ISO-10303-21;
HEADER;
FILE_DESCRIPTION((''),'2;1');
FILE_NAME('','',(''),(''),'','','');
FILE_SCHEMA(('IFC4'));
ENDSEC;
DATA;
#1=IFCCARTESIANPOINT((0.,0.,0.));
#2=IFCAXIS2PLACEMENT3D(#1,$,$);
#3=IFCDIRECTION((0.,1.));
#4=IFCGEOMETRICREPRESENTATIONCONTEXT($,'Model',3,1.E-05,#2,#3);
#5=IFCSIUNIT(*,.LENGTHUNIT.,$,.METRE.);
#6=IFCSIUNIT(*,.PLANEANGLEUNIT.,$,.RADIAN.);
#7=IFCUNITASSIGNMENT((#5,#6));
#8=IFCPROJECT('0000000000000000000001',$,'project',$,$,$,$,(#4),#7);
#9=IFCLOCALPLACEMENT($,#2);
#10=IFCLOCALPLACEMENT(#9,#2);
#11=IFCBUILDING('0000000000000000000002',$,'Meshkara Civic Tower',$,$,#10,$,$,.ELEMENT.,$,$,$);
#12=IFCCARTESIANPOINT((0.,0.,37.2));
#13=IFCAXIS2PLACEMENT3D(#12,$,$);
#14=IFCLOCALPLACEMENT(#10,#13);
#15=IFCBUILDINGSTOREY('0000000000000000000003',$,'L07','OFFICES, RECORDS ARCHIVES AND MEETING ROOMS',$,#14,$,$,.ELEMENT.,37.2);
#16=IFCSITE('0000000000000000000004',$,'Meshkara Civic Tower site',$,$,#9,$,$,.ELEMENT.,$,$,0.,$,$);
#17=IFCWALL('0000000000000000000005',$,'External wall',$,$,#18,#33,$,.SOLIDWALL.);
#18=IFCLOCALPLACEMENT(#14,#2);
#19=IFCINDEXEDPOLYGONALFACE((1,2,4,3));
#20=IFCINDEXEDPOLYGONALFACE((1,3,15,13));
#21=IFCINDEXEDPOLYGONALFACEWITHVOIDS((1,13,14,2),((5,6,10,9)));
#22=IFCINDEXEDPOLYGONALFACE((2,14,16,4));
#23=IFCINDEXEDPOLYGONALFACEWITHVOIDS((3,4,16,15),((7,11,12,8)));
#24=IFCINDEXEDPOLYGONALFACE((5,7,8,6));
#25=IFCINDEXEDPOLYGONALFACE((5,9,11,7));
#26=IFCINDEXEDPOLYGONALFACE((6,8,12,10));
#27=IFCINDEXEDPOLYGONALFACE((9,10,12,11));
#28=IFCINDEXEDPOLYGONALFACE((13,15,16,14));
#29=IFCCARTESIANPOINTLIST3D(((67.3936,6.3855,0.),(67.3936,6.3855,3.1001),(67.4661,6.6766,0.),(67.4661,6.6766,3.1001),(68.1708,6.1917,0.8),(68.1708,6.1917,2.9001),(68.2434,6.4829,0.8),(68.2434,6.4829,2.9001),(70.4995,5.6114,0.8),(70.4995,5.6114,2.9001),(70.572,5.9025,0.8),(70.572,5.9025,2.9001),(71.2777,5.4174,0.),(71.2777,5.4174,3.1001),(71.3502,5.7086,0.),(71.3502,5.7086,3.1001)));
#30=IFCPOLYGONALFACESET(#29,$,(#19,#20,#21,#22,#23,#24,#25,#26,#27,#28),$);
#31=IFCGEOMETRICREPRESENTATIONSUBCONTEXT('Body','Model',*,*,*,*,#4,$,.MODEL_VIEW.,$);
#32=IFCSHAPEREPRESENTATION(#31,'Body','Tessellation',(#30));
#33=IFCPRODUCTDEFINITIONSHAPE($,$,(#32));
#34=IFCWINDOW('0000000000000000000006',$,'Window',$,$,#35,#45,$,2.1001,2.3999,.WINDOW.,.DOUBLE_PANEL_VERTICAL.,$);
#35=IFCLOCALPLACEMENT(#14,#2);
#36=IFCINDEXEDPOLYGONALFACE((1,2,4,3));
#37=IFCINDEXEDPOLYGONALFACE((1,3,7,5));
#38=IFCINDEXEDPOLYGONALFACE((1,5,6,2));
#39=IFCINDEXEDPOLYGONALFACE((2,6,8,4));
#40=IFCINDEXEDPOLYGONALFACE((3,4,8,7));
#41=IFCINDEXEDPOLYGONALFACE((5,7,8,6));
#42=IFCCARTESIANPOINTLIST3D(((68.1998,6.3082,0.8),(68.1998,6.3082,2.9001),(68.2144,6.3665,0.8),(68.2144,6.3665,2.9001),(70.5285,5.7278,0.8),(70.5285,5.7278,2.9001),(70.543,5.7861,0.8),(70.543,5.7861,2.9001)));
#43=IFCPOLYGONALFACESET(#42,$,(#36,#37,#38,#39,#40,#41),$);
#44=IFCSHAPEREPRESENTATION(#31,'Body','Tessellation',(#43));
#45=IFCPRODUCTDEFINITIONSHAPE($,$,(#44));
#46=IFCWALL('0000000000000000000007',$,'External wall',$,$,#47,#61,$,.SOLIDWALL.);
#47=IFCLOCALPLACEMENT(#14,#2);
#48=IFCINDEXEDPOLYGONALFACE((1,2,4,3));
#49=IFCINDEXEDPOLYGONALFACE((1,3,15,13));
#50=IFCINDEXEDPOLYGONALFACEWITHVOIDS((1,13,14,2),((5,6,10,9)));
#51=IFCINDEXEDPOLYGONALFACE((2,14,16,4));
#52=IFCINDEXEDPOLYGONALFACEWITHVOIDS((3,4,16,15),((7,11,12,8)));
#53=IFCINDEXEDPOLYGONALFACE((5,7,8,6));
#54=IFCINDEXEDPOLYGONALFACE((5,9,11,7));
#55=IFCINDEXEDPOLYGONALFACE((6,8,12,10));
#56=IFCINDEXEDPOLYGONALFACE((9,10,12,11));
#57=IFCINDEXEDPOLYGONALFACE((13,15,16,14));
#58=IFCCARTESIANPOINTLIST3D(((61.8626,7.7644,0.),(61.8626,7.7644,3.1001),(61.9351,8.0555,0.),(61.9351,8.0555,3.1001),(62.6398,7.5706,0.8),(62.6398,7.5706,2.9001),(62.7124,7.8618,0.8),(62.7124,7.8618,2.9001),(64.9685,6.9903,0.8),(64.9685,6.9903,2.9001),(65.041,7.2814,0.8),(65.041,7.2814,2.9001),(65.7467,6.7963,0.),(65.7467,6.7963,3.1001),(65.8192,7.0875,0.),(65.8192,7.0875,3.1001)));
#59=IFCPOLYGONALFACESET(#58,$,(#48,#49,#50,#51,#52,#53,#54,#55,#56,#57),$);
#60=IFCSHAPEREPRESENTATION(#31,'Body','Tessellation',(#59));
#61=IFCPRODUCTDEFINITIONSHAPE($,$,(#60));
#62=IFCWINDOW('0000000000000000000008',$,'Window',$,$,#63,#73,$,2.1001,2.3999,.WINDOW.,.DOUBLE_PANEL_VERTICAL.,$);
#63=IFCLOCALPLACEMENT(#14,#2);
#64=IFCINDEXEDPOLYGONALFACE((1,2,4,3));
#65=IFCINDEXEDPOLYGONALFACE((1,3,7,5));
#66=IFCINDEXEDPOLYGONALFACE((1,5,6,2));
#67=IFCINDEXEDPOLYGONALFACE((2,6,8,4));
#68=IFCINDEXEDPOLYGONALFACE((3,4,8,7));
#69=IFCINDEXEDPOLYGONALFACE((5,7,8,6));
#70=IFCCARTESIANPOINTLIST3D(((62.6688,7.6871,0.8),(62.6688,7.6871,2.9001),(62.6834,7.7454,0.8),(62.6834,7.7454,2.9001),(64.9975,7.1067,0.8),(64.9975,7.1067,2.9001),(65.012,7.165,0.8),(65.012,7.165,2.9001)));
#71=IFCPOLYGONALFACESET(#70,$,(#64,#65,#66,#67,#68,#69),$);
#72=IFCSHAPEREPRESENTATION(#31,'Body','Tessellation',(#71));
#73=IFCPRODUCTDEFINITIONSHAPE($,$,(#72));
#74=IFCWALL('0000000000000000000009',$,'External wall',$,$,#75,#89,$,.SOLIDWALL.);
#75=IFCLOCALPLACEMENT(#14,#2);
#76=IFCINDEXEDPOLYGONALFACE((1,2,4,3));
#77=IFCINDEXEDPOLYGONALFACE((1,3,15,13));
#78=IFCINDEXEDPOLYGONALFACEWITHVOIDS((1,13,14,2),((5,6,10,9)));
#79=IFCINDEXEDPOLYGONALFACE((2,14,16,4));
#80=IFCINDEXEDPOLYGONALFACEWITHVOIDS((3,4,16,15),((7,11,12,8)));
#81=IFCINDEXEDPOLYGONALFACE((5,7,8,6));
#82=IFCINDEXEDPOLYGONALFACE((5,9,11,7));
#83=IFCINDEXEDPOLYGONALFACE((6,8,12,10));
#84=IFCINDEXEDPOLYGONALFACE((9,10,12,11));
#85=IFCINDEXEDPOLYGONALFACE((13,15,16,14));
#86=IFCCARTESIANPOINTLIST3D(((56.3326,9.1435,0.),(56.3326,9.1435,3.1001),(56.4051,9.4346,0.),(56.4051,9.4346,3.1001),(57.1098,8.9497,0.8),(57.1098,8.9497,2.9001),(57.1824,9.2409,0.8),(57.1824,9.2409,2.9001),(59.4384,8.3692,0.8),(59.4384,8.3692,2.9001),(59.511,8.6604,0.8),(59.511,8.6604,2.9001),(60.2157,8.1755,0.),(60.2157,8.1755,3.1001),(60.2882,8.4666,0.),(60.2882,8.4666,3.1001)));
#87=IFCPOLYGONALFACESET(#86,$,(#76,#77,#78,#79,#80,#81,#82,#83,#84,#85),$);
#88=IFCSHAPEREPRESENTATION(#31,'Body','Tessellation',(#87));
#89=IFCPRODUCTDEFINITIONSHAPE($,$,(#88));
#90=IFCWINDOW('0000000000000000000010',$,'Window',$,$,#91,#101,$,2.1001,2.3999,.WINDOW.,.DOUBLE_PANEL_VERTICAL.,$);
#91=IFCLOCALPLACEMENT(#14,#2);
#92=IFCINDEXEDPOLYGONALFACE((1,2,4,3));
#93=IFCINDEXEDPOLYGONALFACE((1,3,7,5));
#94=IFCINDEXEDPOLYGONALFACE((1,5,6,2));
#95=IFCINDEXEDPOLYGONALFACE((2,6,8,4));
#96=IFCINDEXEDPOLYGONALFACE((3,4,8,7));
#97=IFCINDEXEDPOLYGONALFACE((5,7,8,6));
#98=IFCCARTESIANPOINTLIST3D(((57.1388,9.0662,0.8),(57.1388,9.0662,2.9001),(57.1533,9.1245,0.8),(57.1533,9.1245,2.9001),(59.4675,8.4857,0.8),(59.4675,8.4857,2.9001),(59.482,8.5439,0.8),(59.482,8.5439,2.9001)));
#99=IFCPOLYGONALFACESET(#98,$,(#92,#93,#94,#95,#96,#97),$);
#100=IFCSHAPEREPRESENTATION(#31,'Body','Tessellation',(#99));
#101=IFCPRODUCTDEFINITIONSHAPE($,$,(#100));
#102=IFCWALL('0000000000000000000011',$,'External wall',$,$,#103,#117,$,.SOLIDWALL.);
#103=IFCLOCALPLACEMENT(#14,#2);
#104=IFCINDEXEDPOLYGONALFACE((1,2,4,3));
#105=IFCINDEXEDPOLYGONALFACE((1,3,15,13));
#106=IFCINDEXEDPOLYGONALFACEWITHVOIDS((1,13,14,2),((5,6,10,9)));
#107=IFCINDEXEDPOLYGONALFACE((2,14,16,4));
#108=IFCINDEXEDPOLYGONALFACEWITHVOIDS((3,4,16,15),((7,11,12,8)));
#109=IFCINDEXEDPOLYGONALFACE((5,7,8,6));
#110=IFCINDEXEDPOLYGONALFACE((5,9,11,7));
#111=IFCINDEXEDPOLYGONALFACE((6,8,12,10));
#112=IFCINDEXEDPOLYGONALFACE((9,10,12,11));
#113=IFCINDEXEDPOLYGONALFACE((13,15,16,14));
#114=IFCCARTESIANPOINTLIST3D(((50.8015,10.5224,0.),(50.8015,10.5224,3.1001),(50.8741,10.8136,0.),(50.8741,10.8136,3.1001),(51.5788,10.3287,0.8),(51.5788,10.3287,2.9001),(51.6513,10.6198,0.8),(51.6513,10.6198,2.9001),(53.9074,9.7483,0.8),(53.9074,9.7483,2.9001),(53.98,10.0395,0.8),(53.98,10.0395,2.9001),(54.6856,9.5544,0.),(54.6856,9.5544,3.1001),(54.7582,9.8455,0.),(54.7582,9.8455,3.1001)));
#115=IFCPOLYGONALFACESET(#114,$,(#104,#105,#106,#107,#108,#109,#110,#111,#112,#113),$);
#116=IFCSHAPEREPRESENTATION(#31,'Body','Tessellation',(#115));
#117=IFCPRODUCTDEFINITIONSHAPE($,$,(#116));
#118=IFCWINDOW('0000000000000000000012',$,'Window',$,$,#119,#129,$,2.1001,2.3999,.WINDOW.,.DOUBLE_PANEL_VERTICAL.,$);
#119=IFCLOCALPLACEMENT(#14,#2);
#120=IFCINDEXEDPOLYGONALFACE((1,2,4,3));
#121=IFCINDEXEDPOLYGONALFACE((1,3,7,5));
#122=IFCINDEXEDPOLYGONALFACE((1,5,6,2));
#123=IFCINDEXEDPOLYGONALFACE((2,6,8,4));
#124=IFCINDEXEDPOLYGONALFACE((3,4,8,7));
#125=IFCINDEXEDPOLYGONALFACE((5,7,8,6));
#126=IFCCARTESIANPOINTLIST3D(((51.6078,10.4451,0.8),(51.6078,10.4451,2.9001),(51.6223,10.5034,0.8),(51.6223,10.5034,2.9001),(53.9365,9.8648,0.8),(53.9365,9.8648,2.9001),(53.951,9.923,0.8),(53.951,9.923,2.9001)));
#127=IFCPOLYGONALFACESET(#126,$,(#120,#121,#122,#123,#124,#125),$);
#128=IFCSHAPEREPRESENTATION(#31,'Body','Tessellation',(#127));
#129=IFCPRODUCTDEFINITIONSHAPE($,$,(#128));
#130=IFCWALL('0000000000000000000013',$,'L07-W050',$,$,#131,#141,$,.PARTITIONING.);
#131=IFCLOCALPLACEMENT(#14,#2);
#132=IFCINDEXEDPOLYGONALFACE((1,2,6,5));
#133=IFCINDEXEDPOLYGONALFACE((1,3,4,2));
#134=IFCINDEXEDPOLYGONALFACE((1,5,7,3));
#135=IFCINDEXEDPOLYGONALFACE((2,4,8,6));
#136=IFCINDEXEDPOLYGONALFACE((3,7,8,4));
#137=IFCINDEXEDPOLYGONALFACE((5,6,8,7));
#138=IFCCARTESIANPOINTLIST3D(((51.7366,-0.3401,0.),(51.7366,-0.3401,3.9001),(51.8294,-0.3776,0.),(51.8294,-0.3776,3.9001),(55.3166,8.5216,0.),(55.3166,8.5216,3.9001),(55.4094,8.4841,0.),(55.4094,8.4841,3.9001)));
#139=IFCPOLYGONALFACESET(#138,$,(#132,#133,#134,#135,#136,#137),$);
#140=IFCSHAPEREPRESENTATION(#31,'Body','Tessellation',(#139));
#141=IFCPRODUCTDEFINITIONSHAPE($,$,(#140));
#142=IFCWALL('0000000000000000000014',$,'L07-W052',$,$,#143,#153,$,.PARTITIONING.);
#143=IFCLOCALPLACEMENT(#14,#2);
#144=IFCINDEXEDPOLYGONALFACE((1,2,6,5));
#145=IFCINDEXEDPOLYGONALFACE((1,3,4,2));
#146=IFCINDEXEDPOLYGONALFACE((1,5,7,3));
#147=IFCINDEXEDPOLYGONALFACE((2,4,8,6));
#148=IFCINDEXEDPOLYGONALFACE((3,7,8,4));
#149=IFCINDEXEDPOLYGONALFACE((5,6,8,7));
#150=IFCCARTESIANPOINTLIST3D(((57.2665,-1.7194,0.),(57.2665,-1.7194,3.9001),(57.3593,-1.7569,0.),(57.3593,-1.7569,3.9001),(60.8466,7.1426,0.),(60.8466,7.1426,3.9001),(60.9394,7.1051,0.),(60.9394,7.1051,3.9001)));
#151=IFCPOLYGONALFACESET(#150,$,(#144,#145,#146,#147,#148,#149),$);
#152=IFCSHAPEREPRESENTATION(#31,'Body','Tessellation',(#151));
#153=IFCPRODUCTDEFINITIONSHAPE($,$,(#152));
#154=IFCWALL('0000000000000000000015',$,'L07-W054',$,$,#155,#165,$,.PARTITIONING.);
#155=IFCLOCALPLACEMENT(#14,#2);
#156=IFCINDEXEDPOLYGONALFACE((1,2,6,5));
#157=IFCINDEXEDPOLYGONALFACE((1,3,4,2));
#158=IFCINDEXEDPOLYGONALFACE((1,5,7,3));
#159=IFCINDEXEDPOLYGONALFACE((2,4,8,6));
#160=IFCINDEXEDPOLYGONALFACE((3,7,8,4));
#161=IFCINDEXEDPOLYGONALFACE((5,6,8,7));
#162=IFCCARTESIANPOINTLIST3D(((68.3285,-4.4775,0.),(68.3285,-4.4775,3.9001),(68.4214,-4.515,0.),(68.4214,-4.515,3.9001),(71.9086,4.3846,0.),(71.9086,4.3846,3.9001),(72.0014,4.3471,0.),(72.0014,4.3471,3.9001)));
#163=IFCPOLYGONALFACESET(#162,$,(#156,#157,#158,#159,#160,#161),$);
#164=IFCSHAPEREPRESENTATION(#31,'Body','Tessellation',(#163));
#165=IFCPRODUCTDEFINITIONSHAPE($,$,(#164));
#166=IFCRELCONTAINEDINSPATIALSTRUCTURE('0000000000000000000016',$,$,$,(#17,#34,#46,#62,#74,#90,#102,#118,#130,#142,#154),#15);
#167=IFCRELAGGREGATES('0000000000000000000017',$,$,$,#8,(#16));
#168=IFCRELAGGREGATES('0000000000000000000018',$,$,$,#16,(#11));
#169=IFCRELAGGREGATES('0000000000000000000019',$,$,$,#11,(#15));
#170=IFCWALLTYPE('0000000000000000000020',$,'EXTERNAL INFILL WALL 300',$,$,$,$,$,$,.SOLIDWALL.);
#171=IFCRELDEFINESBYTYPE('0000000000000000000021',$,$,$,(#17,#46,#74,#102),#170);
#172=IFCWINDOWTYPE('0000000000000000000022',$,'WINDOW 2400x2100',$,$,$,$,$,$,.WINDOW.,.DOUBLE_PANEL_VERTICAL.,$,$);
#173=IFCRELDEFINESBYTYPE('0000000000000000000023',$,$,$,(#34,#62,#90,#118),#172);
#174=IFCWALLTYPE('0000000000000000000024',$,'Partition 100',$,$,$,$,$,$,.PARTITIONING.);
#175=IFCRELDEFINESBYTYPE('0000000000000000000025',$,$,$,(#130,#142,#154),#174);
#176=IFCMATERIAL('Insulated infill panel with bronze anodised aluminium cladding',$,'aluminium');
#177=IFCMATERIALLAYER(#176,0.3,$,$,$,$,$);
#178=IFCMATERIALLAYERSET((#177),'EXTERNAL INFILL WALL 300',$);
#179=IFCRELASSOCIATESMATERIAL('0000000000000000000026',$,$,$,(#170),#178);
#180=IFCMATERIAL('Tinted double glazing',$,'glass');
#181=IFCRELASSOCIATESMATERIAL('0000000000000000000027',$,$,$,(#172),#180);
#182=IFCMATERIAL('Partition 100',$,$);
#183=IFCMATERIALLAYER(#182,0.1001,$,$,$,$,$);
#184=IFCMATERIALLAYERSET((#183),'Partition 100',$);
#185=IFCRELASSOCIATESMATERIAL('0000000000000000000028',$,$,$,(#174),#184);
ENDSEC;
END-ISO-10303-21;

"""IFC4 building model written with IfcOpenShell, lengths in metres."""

from ifc_helpers import new_model, si_unit, direction, frame, frame_2d, origin, place, context, subcontext, project, spatial, rectangle, extrude, material, layer, layer_set, type_object, element, fill, save


model = new_model("IFC4")

# Units and contexts
model_context = context("Model", 3, precision=1e-05, world=origin(), true_north=direction((0.0, 1.0)))
body_context = subcontext(model_context, "Body", "Model", "MODEL_VIEW")
ifc_project = project(units=[si_unit("LENGTHUNIT", "METRE"), si_unit("PLANEANGLEUNIT", "RADIAN")], contexts=[model_context])

# Site, building, storey
site_placement = place(None, origin())
site = spatial("IfcSite", under=ifc_project, at=site_placement, Name="Meshkara Civic Tower site", CompositionType="ELEMENT", RefElevation=0.0)
building_placement = place(site_placement, origin())
building = spatial("IfcBuilding", under=site, at=building_placement, Name="Meshkara Civic Tower", CompositionType="ELEMENT")
storey_placement = place(building_placement, frame((0.0, 0.0, 37.2)))
storey = spatial("IfcBuildingStorey", under=building, at=storey_placement, Name="L07", Description="OFFICES, RECORDS ARCHIVES AND MEETING ROOMS", CompositionType="ELEMENT", Elevation=37.2)

# Walls, openings, windows
ifc_material_1 = material(Name="Insulated infill panel with bronze anodised aluminium cladding", Category="aluminium")
ifc_layer_1 = layer(ifc_material_1, 0.3)
ifc_layer_set_1 = layer_set([ifc_layer_1], Name="EXTERNAL INFILL WALL 300")
wall_type_1 = type_object("IfcWallType", Name="EXTERNAL INFILL WALL 300", PredefinedType="SOLIDWALL", material=ifc_layer_set_1)
wall_1_placement = place(storey_placement, frame((71.314, 5.563, 0.0), z_axis=(0.0, 0.0, 1.0), x_axis=(-0.970318, 0.241832, 0.0)))
wall_1 = element("IfcWall", 1, at=wall_1_placement, inside=storey, type_object=wall_type_1, Name="External wall", PredefinedType="SOLIDWALL", context=body_context, shape_type="SweptSolid", body=[
    extrude(rectangle(XDim=4.0029, YDim=0.3, at=frame_2d((2.0015, 0.0))), origin(), (0.0, 0.0, 1.0), 3.1001),
])
opening_1_placement = place(wall_1_placement, frame((0.802, 0.0, 0.8)))
opening_1 = element("IfcOpeningElement", 2, at=opening_1_placement, cuts=wall_1, PredefinedType="OPENING", context=body_context, shape_type="SweptSolid", body=[
    extrude(rectangle(XDim=2.3999, YDim=2.1001, at=frame_2d((1.2, 1.05))), frame((0.0, 0.1599, 0.0), z_axis=(0.0, -1.0, 0.0), x_axis=(1.0, 0.0, 0.0)), (0.0, 0.0, 1.0), 0.3201),
])
ifc_material_2 = material(Name="Tinted double glazing", Category="glass")
window_type = type_object("IfcWindowType", Name="WINDOW 2400x2100", PartitioningType="DOUBLE_PANEL_VERTICAL", PredefinedType="WINDOW", material=ifc_material_2)
window_1_placement = place(opening_1_placement, origin())
window_1 = element("IfcWindow", 3, at=window_1_placement, inside=storey, type_object=window_type, Name="Window", OverallHeight=2.1001, OverallWidth=2.3999, PartitioningType="DOUBLE_PANEL_VERTICAL", PredefinedType="WINDOW", context=body_context, shape_type="SweptSolid", body=[
    extrude(rectangle(XDim=2.3999, YDim=2.1001, at=frame_2d((1.2, 1.05))), frame((0.0, 0.03, 0.0), z_axis=(0.0, -1.0, 0.0), x_axis=(1.0, 0.0, 0.0)), (0.0, 0.0, 1.0), 0.0601),
])
fill(opening_1, window_1)
wall_2_placement = place(storey_placement, frame((65.783, 6.9419, 0.0), z_axis=(0.0, 0.0, 1.0), x_axis=(-0.970318, 0.241832, 0.0)))
wall_2 = element("IfcWall", 4, at=wall_2_placement, inside=storey, type_object=wall_type_1, Name="External wall", PredefinedType="SOLIDWALL", context=body_context, shape_type="SweptSolid", body=[
    extrude(rectangle(XDim=4.0029, YDim=0.3, at=frame_2d((2.0015, 0.0))), origin(), (0.0, 0.0, 1.0), 3.1001),
])
opening_2_placement = place(wall_2_placement, frame((0.802, 0.0, 0.8)))
opening_2 = element("IfcOpeningElement", 5, at=opening_2_placement, cuts=wall_2, PredefinedType="OPENING", context=body_context, shape_type="SweptSolid", body=[
    extrude(rectangle(XDim=2.3999, YDim=2.1001, at=frame_2d((1.2, 1.05))), frame((0.0, 0.1599, 0.0), z_axis=(0.0, -1.0, 0.0), x_axis=(1.0, 0.0, 0.0)), (0.0, 0.0, 1.0), 0.3201),
])
window_2_placement = place(opening_2_placement, origin())
window_2 = element("IfcWindow", 6, at=window_2_placement, inside=storey, type_object=window_type, Name="Window", OverallHeight=2.1001, OverallWidth=2.3999, PartitioningType="DOUBLE_PANEL_VERTICAL", PredefinedType="WINDOW", context=body_context, shape_type="SweptSolid", body=[
    extrude(rectangle(XDim=2.3999, YDim=2.1001, at=frame_2d((1.2, 1.05))), frame((0.0, 0.03, 0.0), z_axis=(0.0, -1.0, 0.0), x_axis=(1.0, 0.0, 0.0)), (0.0, 0.0, 1.0), 0.0601),
])
fill(opening_2, window_2)
wall_3_placement = place(storey_placement, frame((60.252, 8.321, 0.0), z_axis=(0.0, 0.0, 1.0), x_axis=(-0.970304, 0.24189, 0.0)))
wall_3 = element("IfcWall", 7, at=wall_3_placement, inside=storey, type_object=wall_type_1, Name="External wall", PredefinedType="SOLIDWALL", context=body_context, shape_type="SweptSolid", body=[
    extrude(rectangle(XDim=4.002, YDim=0.3, at=frame_2d((2.001, 0.0))), origin(), (0.0, 0.0, 1.0), 3.1001),
])
opening_3_placement = place(wall_3_placement, frame((0.801, 0.0, 0.8)))
opening_3 = element("IfcOpeningElement", 8, at=opening_3_placement, cuts=wall_3, PredefinedType="OPENING", context=body_context, shape_type="SweptSolid", body=[
    extrude(rectangle(XDim=2.3999, YDim=2.1001, at=frame_2d((1.2, 1.05))), frame((0.0, 0.1599, 0.0), z_axis=(0.0, -1.0, 0.0), x_axis=(1.0, 0.0, 0.0)), (0.0, 0.0, 1.0), 0.3201),
])
window_3_placement = place(opening_3_placement, origin())
window_3 = element("IfcWindow", 9, at=window_3_placement, inside=storey, type_object=window_type, Name="Window", OverallHeight=2.1001, OverallWidth=2.3999, PartitioningType="DOUBLE_PANEL_VERTICAL", PredefinedType="WINDOW", context=body_context, shape_type="SweptSolid", body=[
    extrude(rectangle(XDim=2.3999, YDim=2.1001, at=frame_2d((1.2, 1.05))), frame((0.0, 0.03, 0.0), z_axis=(0.0, -1.0, 0.0), x_axis=(1.0, 0.0, 0.0)), (0.0, 0.0, 1.0), 0.0601),
])
fill(opening_3, window_3)
wall_4_placement = place(storey_placement, frame((54.7219, 9.7, 0.0), z_axis=(0.0, 0.0, 1.0), x_axis=(-0.970318, 0.241832, 0.0)))
wall_4 = element("IfcWall", 10, at=wall_4_placement, inside=storey, type_object=wall_type_1, Name="External wall", PredefinedType="SOLIDWALL", context=body_context, shape_type="SweptSolid", body=[
    extrude(rectangle(XDim=4.0029, YDim=0.3, at=frame_2d((2.0015, 0.0))), origin(), (0.0, 0.0, 1.0), 3.1001),
])
opening_4_placement = place(wall_4_placement, frame((0.802, 0.0, 0.8)))
opening_4 = element("IfcOpeningElement", 11, at=opening_4_placement, cuts=wall_4, PredefinedType="OPENING", context=body_context, shape_type="SweptSolid", body=[
    extrude(rectangle(XDim=2.3999, YDim=2.1001, at=frame_2d((1.2, 1.05))), frame((0.0, 0.1599, 0.0), z_axis=(0.0, -1.0, 0.0), x_axis=(1.0, 0.0, 0.0)), (0.0, 0.0, 1.0), 0.3201),
])
window_4_placement = place(opening_4_placement, origin())
window_4 = element("IfcWindow", 12, at=window_4_placement, inside=storey, type_object=window_type, Name="Window", OverallHeight=2.1001, OverallWidth=2.3999, PartitioningType="DOUBLE_PANEL_VERTICAL", PredefinedType="WINDOW", context=body_context, shape_type="SweptSolid", body=[
    extrude(rectangle(XDim=2.3999, YDim=2.1001, at=frame_2d((1.2, 1.05))), frame((0.0, 0.03, 0.0), z_axis=(0.0, -1.0, 0.0), x_axis=(1.0, 0.0, 0.0)), (0.0, 0.0, 1.0), 0.0601),
])
fill(opening_4, window_4)

# Walls
ifc_material_3 = material(Name="Partition 100")
ifc_layer_2 = layer(ifc_material_3, 0.1001)
ifc_layer_set_2 = layer_set([ifc_layer_2], Name="Partition 100")
wall_type_2 = type_object("IfcWallType", Name="Partition 100", PredefinedType="PARTITIONING", material=ifc_layer_set_2)
wall_5_placement = place(storey_placement, frame((51.783, -0.3589, 0.0), z_axis=(0.0, 0.0, 1.0), x_axis=(0.374577, 0.927196, 0.0)))
element("IfcWall", 13, at=wall_5_placement, inside=storey, type_object=wall_type_2, Name="L07-W050", PredefinedType="PARTITIONING", context=body_context, shape_type="SweptSolid", body=[
    extrude(rectangle(XDim=9.5576, YDim=0.1001, at=frame_2d((4.7788, 0.0))), origin(), (0.0, 0.0, 1.0), 3.9001),
])
for number, where, z_axis, x_axis, name in (
    (14, (57.313, -1.738, 0.0), (0.0, 0.0, 1.0), (0.374568, 0.927199, 0.0), "L07-W052"),
    (15, (68.375, -4.4961, 0.0), (0.0, 0.0, 1.0), (0.374568, 0.927199, 0.0), "L07-W054"),
):
    element("IfcWall", number, at=place(storey_placement, frame(where, z_axis=z_axis, x_axis=x_axis)), inside=storey, type_object=wall_type_2, Name=name, PredefinedType="PARTITIONING", context=body_context, shape_type="SweptSolid", body=[
        extrude(rectangle(XDim=9.5579, YDim=0.1001, at=frame_2d((4.7788, 0.0))), origin(), (0.0, 0.0, 1.0), 3.9001),
    ])

save(model, "model.ifc")
